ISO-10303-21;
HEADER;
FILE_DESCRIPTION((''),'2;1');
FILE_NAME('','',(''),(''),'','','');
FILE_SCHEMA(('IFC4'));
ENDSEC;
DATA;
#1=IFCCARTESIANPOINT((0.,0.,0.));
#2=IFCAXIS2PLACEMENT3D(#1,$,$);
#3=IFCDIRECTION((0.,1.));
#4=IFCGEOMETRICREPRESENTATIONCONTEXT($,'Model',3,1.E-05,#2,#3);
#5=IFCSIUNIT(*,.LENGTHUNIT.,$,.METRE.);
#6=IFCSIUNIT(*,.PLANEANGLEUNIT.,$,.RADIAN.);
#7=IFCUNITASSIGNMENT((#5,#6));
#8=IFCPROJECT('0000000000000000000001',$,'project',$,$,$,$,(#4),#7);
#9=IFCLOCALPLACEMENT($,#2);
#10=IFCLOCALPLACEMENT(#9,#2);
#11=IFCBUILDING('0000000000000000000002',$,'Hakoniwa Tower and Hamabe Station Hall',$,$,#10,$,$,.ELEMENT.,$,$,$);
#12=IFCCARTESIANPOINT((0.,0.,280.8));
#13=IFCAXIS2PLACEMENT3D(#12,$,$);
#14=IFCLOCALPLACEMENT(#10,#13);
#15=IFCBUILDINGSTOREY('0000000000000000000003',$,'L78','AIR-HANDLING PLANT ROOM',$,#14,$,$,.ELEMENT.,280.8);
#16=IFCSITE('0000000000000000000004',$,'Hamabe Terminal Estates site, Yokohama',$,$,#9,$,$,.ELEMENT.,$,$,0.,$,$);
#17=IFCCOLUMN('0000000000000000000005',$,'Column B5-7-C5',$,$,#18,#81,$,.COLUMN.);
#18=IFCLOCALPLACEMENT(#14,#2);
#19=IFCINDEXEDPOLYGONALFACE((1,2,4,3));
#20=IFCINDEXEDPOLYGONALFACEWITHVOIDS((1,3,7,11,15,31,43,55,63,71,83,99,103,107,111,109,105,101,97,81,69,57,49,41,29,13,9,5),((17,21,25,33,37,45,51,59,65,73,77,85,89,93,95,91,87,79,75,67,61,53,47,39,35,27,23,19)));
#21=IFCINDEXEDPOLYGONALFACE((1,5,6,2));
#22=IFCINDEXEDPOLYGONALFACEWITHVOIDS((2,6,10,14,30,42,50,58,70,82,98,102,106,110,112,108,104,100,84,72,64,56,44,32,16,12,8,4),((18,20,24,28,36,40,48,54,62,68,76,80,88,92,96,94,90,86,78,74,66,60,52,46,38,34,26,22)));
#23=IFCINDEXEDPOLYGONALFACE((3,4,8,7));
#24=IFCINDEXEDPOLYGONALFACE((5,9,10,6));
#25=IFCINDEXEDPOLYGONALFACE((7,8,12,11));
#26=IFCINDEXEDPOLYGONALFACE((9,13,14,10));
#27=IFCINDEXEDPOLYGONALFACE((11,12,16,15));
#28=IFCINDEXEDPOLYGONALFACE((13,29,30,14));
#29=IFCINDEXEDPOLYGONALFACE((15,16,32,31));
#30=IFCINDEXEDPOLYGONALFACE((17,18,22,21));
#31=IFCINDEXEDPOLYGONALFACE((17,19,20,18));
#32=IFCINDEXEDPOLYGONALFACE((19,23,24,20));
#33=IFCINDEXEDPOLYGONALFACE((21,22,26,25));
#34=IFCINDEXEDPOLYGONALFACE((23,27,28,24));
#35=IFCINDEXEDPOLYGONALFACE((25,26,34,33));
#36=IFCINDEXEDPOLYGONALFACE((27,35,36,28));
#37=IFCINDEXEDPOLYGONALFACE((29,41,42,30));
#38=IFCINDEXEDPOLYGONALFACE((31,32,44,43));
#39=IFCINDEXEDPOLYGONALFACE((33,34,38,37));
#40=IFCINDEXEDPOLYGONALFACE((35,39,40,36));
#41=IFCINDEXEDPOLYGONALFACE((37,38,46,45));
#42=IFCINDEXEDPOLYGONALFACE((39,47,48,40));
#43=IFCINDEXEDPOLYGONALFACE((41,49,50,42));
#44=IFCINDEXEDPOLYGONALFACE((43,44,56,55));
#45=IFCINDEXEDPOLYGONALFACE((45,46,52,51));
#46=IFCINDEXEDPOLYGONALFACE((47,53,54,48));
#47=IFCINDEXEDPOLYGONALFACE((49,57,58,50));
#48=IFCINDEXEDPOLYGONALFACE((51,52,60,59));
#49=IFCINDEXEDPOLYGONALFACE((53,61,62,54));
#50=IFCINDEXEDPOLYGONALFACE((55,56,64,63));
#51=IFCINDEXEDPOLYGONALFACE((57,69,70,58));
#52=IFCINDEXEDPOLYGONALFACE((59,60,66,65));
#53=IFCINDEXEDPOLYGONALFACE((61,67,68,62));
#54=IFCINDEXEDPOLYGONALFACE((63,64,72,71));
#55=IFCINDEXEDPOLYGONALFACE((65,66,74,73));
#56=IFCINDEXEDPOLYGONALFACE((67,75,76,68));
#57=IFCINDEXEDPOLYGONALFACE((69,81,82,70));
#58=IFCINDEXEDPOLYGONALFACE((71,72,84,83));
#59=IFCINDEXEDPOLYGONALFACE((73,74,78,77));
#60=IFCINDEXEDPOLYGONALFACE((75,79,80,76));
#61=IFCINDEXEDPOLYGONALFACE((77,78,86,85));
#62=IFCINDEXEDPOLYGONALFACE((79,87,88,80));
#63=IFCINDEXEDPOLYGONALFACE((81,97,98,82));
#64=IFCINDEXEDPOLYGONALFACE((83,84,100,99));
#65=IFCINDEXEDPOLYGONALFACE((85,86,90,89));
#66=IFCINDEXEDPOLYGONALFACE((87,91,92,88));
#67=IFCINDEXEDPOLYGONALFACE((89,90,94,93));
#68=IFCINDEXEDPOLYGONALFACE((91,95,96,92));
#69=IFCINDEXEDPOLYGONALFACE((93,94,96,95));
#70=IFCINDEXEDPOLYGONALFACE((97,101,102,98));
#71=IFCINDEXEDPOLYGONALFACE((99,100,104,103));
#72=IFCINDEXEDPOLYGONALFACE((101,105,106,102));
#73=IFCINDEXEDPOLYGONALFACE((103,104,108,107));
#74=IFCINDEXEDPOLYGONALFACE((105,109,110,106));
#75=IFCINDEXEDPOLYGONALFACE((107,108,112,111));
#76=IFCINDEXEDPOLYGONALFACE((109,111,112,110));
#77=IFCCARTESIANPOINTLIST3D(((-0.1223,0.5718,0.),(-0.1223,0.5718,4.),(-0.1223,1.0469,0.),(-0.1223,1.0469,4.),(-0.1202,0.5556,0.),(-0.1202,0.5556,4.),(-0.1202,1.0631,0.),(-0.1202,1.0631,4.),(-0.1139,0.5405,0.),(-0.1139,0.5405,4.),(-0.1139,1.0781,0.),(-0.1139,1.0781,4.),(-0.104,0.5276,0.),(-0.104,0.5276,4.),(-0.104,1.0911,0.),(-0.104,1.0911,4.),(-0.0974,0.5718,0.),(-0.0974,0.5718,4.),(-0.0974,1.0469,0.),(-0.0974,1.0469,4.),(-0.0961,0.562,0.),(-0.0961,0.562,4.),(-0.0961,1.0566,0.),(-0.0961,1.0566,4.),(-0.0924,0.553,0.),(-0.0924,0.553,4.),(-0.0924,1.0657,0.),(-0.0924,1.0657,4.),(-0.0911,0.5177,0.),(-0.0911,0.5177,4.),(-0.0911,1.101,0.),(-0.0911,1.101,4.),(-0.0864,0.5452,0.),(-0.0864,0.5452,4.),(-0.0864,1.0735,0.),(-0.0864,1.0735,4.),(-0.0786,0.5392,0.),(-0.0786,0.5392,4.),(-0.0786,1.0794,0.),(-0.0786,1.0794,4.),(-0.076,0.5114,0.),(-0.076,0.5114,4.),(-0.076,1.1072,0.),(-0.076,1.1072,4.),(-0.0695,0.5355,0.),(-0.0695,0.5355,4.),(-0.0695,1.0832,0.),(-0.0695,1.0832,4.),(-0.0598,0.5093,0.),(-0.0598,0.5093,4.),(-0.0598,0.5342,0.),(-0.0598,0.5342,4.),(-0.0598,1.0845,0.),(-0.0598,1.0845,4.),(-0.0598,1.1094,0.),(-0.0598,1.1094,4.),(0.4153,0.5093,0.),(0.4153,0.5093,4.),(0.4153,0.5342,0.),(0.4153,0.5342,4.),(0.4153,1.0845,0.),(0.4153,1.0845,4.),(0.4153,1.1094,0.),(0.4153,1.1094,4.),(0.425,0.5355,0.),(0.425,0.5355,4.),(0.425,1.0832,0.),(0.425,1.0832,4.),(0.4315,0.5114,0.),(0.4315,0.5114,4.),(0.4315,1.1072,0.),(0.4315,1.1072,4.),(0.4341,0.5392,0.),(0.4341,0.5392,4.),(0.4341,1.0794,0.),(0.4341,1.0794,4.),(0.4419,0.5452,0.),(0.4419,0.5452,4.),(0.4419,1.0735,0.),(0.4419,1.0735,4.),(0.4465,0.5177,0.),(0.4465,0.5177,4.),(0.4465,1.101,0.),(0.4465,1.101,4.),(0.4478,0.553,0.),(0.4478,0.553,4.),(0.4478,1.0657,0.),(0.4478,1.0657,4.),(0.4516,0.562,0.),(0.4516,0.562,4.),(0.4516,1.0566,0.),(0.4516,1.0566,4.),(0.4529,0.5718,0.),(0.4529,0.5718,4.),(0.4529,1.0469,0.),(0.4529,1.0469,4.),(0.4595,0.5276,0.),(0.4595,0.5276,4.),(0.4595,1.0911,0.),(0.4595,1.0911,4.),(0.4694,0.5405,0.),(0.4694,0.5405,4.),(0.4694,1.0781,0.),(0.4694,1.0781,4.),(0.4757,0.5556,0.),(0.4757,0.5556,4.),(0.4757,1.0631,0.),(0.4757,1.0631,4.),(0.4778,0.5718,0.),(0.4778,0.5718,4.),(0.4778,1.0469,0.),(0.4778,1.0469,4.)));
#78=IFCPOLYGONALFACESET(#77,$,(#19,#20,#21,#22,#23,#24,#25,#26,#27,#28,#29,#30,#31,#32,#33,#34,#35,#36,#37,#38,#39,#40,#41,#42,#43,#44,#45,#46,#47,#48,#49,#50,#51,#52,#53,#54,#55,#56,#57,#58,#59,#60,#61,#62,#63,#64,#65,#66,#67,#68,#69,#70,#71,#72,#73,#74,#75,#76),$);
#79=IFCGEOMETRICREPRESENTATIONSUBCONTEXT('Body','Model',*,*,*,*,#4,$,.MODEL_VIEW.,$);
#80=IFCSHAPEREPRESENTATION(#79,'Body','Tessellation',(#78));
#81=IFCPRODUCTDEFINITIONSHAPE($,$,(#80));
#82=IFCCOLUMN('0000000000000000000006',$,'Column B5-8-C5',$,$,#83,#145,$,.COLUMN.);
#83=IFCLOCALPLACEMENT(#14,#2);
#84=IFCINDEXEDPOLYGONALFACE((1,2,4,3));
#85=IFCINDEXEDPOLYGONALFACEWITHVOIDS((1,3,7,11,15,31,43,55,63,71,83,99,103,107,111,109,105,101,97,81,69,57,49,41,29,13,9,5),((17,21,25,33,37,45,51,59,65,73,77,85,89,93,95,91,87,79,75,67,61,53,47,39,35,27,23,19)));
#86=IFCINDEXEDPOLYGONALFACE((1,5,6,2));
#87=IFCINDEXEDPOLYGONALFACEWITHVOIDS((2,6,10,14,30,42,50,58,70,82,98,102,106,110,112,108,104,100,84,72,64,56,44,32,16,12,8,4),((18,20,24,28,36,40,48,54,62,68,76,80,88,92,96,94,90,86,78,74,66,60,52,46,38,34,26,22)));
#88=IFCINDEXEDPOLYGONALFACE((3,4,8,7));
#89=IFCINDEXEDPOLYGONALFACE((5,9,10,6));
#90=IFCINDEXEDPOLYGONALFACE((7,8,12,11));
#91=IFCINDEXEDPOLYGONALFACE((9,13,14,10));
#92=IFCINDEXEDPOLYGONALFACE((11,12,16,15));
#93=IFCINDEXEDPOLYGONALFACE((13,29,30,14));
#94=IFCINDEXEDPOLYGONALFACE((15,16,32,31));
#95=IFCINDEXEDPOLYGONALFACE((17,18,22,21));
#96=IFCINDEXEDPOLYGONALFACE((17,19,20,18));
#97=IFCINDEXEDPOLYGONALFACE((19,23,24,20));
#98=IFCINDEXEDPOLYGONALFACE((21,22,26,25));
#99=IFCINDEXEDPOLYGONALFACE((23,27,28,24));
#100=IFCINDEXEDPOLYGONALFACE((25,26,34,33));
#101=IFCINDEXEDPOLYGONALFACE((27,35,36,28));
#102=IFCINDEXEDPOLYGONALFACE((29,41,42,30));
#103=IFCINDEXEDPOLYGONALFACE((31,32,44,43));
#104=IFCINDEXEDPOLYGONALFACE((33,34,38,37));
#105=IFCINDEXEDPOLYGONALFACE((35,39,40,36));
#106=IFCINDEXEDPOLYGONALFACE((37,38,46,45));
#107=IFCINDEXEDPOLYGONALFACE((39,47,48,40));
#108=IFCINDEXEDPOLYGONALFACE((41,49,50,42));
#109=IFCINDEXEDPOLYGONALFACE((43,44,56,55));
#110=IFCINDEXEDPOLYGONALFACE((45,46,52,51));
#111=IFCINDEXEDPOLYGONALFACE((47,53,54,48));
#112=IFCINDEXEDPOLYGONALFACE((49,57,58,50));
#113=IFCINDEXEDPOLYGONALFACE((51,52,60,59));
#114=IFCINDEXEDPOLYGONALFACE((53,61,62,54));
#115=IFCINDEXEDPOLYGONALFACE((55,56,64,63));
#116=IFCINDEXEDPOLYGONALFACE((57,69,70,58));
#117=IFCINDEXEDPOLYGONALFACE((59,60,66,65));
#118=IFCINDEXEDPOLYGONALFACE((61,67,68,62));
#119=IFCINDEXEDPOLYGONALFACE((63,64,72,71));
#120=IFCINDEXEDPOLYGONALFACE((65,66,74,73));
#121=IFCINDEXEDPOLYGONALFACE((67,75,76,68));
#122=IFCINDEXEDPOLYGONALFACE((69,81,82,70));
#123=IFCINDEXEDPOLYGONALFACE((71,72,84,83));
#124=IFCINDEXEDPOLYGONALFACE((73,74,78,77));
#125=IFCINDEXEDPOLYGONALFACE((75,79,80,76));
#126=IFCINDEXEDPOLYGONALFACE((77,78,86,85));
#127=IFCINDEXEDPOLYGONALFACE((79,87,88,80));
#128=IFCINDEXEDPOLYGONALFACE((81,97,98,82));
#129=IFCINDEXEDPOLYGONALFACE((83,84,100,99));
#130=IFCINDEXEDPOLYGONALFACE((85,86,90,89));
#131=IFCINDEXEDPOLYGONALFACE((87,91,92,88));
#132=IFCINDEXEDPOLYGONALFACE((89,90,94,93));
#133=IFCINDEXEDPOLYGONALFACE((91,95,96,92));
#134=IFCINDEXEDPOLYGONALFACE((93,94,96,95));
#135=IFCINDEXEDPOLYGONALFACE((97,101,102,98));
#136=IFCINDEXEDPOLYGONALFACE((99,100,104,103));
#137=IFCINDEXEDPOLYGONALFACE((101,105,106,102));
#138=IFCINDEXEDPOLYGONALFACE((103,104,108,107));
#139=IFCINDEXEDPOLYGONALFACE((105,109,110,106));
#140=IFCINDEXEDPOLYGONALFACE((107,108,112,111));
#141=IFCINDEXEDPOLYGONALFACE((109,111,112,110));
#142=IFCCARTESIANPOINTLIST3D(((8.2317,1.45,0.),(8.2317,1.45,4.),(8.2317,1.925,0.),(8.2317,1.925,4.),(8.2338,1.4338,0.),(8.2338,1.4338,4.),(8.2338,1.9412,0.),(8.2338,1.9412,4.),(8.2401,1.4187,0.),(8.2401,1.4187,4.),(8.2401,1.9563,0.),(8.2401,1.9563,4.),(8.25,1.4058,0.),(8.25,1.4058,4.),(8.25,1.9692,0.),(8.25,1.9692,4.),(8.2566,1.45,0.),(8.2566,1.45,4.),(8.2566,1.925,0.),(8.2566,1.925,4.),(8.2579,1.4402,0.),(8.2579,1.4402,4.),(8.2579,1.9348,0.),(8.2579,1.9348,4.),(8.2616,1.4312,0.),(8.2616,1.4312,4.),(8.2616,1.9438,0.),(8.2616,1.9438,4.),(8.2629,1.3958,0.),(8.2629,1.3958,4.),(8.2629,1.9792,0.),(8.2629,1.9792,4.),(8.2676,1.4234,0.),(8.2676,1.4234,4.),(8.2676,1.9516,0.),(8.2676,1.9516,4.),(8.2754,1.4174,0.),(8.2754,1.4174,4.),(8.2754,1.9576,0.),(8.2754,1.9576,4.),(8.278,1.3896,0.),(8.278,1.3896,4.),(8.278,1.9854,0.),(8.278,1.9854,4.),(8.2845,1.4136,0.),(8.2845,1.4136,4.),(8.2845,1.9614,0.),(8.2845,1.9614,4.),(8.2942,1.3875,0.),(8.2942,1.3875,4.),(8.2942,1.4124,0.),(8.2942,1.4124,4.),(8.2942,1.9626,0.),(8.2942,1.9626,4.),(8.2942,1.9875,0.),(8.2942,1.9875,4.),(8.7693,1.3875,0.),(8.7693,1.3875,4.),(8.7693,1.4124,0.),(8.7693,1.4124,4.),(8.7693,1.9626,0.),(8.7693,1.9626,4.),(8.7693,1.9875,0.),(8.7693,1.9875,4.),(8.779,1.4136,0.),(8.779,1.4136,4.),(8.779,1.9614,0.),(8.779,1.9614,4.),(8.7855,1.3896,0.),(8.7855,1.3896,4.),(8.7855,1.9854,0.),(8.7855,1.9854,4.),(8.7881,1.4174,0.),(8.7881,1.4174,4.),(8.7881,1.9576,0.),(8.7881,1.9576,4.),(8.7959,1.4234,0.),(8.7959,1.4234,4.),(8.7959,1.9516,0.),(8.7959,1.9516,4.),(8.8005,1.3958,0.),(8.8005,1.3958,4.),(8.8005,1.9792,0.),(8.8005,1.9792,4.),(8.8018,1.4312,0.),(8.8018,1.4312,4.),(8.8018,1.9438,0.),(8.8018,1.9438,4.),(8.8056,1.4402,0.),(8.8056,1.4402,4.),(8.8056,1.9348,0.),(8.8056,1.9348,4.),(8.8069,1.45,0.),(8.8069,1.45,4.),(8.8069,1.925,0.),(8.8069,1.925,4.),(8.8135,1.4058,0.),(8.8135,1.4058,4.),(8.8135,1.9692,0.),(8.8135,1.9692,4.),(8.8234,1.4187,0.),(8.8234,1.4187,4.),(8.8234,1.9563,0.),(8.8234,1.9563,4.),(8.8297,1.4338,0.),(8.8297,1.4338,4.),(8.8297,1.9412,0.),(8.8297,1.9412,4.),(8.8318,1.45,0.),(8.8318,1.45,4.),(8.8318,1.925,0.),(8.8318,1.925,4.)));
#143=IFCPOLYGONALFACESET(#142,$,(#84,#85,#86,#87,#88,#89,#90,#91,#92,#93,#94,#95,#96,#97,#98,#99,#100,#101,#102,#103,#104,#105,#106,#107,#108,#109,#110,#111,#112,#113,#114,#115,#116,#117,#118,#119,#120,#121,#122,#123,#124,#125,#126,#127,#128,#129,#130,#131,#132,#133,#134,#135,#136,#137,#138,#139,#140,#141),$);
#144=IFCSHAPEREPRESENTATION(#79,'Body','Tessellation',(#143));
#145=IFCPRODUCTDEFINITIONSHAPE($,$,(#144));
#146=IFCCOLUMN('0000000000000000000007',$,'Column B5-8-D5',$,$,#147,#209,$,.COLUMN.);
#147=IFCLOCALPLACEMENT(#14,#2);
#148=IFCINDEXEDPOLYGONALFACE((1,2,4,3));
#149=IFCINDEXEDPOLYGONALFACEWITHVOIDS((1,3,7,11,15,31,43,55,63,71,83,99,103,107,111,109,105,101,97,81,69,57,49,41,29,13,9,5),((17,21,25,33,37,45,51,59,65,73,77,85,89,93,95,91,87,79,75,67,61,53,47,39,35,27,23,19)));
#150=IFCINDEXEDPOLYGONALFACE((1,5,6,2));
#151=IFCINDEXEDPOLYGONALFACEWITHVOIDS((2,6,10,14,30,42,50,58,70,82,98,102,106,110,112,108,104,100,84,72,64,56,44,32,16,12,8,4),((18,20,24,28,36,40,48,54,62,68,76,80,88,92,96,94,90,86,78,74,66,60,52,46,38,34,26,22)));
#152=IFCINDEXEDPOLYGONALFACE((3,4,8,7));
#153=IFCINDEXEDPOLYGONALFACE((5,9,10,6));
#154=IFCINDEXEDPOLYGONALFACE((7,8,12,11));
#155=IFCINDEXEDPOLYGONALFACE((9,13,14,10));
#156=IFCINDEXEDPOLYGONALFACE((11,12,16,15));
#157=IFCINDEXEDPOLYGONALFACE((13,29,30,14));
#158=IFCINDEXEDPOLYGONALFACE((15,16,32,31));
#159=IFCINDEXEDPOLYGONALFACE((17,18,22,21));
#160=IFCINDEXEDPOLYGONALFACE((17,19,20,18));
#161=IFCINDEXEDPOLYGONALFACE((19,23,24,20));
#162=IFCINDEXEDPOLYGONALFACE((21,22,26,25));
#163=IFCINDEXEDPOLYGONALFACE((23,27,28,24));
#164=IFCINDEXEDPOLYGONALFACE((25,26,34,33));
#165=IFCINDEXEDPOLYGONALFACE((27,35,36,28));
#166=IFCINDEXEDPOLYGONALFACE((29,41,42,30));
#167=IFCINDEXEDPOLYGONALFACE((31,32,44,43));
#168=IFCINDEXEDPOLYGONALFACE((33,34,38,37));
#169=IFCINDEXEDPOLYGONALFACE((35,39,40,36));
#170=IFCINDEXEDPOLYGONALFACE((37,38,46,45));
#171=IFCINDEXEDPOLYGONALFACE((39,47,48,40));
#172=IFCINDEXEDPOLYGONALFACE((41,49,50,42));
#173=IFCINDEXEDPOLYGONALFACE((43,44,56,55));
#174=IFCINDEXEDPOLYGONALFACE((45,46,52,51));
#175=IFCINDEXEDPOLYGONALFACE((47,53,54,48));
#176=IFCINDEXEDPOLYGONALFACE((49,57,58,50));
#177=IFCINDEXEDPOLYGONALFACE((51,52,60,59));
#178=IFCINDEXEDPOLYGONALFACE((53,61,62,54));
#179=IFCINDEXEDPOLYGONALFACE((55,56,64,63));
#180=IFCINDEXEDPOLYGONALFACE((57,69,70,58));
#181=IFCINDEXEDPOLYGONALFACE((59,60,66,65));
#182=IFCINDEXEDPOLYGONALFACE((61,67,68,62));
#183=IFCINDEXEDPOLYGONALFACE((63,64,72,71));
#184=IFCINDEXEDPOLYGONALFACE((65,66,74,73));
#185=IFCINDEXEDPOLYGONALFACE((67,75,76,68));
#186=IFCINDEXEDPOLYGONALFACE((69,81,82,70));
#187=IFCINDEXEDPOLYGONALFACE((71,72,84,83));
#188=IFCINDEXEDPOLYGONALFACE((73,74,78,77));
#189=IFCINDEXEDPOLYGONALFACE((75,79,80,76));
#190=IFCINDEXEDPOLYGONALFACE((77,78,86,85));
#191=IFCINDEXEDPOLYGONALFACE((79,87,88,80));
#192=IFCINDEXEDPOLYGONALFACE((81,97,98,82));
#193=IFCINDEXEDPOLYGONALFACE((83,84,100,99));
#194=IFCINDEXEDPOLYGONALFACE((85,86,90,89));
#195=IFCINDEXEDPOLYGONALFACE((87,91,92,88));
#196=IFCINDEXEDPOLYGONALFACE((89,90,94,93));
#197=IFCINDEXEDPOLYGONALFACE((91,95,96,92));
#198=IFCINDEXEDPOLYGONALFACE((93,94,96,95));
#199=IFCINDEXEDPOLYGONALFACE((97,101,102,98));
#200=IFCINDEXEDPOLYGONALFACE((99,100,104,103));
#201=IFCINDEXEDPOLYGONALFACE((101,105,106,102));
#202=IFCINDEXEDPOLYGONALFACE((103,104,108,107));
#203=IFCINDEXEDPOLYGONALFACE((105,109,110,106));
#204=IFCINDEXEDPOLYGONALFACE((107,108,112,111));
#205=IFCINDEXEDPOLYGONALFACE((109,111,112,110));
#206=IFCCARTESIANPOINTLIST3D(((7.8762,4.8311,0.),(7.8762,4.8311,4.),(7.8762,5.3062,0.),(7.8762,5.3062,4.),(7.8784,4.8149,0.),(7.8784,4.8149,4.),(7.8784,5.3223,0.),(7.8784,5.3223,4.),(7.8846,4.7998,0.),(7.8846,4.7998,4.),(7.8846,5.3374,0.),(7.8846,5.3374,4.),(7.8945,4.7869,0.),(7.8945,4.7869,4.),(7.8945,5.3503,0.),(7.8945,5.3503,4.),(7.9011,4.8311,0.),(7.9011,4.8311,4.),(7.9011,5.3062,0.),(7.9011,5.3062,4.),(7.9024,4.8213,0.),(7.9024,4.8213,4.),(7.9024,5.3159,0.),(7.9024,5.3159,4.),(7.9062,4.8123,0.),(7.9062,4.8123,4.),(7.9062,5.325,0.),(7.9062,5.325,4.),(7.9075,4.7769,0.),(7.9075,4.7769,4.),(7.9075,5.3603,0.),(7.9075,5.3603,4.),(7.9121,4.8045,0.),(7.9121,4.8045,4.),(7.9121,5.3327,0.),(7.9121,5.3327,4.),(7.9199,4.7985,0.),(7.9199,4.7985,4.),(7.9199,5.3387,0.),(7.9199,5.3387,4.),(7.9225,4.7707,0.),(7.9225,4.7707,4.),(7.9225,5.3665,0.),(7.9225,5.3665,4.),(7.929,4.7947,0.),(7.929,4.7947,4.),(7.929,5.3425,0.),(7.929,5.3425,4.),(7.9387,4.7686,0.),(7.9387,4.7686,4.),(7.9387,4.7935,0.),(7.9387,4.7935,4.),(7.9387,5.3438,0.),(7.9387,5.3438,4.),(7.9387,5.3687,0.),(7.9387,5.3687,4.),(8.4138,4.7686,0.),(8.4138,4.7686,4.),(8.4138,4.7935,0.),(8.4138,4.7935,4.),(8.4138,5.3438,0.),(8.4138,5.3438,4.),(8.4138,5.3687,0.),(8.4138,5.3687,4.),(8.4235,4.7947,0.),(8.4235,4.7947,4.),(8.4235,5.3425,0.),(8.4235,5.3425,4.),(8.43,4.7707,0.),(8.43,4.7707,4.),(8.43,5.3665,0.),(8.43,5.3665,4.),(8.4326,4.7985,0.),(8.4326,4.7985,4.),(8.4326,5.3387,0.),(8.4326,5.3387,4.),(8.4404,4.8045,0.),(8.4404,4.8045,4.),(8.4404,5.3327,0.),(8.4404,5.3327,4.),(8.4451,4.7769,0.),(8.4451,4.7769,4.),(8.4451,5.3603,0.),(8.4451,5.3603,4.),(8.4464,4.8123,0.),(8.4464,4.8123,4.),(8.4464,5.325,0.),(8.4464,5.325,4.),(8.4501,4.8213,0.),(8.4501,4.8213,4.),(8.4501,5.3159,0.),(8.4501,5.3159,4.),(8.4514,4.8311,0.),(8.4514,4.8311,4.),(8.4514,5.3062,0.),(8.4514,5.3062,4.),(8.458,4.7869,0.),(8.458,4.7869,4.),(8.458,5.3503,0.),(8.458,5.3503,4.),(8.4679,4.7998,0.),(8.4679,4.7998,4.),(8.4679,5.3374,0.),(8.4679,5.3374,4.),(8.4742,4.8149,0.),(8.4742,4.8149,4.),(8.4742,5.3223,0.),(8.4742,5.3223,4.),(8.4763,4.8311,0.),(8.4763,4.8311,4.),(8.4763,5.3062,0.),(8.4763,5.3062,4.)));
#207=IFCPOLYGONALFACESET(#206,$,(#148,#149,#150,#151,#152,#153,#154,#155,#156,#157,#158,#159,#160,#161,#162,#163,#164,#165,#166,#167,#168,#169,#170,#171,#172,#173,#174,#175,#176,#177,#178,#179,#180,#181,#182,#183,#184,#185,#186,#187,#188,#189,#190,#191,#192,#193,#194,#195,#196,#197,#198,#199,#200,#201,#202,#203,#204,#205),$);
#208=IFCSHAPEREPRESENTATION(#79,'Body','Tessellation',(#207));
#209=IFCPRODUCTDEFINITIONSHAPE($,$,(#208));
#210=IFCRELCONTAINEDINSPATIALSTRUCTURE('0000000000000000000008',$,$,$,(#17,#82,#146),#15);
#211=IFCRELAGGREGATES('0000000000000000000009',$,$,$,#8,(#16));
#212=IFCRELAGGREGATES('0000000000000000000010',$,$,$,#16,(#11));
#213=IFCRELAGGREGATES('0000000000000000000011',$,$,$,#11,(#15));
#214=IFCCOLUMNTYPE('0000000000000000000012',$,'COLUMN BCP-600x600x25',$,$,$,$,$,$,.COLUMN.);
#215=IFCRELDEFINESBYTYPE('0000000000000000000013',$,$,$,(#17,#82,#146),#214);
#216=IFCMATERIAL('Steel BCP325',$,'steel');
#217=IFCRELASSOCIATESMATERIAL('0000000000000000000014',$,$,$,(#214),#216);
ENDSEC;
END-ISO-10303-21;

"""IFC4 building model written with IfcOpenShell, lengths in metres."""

from ifc_helpers import new_model, si_unit, direction, frame, origin, origin_2d, place, context, subcontext, project, spatial, hollow_rectangle, extrude, material, material_profile, profile_set, type_object, element, save


model = new_model("IFC4")

# Units and contexts
model_context = context("Model", 3, precision=1e-05, world=origin(), true_north=direction((0.0, 1.0)))
body_context = subcontext(model_context, "Body", "Model", "MODEL_VIEW")
ifc_project = project(units=[si_unit("LENGTHUNIT", "METRE"), si_unit("PLANEANGLEUNIT", "RADIAN")], contexts=[model_context])

# Site, building, storey
site_placement = place(None, origin())
site = spatial("IfcSite", under=ifc_project, at=site_placement, Name="Hamabe Terminal Estates site, Yokohama", CompositionType="ELEMENT", RefElevation=0.0)
building_placement = place(site_placement, origin())
building = spatial("IfcBuilding", under=site, at=building_placement, Name="Hakoniwa Tower and Hamabe Station Hall", CompositionType="ELEMENT")
storey_placement = place(building_placement, frame((0.0, 0.0, 280.8)))
storey = spatial("IfcBuildingStorey", under=building, at=storey_placement, Name="L78", Description="AIR-HANDLING PLANT ROOM", CompositionType="ELEMENT", Elevation=280.8)

# Columns
ifc_material_1 = material(Name="Steel BCP325", Category="steel")
ifc_material_profile_1 = material_profile(ifc_material_1, hollow_rectangle(XDim=0.6001, YDim=0.6001, WallThickness=0.0249, InnerFilletRadius=0.0376, OuterFilletRadius=0.0625, at=origin_2d()), Name="BCP-600x600x25")
ifc_profile_set_1 = profile_set([ifc_material_profile_1], Name="Steel BCP325")
column_type_1 = type_object("IfcColumnType", Name="COLUMN BCP-600x600x25", PredefinedType="COLUMN", material=ifc_profile_set_1)
for number, where, z_axis, x_axis, name in (
    (1, (0.1777, 0.8093, 0.0), (0.0, 0.0, 1.0), (1.0, 0.0, 0.0), "Column B5-7-C5"),
    (2, (8.5317, 1.6875, 0.0), (0.0, 0.0, 1.0), (1.0, 0.0, 0.0), "Column B5-8-C5"),
    (3, (8.1763, 5.0686, 0.0), (0.0, 0.0, 1.0), (1.0, 0.0, 0.0), "Column B5-8-D5"),
):
    element("IfcColumn", number, at=place(storey_placement, frame(where, z_axis=z_axis, x_axis=x_axis)), inside=storey, type_object=column_type_1, Name=name, PredefinedType="COLUMN", context=body_context, shape_type="SweptSolid", body=[
        extrude(hollow_rectangle(XDim=0.6001, YDim=0.6001, WallThickness=0.0249, InnerFilletRadius=0.0376, OuterFilletRadius=0.0625, at=origin_2d()), origin(), (0.0, 0.0, 1.0), 4.0),
    ])

save(model, "model.ifc")
